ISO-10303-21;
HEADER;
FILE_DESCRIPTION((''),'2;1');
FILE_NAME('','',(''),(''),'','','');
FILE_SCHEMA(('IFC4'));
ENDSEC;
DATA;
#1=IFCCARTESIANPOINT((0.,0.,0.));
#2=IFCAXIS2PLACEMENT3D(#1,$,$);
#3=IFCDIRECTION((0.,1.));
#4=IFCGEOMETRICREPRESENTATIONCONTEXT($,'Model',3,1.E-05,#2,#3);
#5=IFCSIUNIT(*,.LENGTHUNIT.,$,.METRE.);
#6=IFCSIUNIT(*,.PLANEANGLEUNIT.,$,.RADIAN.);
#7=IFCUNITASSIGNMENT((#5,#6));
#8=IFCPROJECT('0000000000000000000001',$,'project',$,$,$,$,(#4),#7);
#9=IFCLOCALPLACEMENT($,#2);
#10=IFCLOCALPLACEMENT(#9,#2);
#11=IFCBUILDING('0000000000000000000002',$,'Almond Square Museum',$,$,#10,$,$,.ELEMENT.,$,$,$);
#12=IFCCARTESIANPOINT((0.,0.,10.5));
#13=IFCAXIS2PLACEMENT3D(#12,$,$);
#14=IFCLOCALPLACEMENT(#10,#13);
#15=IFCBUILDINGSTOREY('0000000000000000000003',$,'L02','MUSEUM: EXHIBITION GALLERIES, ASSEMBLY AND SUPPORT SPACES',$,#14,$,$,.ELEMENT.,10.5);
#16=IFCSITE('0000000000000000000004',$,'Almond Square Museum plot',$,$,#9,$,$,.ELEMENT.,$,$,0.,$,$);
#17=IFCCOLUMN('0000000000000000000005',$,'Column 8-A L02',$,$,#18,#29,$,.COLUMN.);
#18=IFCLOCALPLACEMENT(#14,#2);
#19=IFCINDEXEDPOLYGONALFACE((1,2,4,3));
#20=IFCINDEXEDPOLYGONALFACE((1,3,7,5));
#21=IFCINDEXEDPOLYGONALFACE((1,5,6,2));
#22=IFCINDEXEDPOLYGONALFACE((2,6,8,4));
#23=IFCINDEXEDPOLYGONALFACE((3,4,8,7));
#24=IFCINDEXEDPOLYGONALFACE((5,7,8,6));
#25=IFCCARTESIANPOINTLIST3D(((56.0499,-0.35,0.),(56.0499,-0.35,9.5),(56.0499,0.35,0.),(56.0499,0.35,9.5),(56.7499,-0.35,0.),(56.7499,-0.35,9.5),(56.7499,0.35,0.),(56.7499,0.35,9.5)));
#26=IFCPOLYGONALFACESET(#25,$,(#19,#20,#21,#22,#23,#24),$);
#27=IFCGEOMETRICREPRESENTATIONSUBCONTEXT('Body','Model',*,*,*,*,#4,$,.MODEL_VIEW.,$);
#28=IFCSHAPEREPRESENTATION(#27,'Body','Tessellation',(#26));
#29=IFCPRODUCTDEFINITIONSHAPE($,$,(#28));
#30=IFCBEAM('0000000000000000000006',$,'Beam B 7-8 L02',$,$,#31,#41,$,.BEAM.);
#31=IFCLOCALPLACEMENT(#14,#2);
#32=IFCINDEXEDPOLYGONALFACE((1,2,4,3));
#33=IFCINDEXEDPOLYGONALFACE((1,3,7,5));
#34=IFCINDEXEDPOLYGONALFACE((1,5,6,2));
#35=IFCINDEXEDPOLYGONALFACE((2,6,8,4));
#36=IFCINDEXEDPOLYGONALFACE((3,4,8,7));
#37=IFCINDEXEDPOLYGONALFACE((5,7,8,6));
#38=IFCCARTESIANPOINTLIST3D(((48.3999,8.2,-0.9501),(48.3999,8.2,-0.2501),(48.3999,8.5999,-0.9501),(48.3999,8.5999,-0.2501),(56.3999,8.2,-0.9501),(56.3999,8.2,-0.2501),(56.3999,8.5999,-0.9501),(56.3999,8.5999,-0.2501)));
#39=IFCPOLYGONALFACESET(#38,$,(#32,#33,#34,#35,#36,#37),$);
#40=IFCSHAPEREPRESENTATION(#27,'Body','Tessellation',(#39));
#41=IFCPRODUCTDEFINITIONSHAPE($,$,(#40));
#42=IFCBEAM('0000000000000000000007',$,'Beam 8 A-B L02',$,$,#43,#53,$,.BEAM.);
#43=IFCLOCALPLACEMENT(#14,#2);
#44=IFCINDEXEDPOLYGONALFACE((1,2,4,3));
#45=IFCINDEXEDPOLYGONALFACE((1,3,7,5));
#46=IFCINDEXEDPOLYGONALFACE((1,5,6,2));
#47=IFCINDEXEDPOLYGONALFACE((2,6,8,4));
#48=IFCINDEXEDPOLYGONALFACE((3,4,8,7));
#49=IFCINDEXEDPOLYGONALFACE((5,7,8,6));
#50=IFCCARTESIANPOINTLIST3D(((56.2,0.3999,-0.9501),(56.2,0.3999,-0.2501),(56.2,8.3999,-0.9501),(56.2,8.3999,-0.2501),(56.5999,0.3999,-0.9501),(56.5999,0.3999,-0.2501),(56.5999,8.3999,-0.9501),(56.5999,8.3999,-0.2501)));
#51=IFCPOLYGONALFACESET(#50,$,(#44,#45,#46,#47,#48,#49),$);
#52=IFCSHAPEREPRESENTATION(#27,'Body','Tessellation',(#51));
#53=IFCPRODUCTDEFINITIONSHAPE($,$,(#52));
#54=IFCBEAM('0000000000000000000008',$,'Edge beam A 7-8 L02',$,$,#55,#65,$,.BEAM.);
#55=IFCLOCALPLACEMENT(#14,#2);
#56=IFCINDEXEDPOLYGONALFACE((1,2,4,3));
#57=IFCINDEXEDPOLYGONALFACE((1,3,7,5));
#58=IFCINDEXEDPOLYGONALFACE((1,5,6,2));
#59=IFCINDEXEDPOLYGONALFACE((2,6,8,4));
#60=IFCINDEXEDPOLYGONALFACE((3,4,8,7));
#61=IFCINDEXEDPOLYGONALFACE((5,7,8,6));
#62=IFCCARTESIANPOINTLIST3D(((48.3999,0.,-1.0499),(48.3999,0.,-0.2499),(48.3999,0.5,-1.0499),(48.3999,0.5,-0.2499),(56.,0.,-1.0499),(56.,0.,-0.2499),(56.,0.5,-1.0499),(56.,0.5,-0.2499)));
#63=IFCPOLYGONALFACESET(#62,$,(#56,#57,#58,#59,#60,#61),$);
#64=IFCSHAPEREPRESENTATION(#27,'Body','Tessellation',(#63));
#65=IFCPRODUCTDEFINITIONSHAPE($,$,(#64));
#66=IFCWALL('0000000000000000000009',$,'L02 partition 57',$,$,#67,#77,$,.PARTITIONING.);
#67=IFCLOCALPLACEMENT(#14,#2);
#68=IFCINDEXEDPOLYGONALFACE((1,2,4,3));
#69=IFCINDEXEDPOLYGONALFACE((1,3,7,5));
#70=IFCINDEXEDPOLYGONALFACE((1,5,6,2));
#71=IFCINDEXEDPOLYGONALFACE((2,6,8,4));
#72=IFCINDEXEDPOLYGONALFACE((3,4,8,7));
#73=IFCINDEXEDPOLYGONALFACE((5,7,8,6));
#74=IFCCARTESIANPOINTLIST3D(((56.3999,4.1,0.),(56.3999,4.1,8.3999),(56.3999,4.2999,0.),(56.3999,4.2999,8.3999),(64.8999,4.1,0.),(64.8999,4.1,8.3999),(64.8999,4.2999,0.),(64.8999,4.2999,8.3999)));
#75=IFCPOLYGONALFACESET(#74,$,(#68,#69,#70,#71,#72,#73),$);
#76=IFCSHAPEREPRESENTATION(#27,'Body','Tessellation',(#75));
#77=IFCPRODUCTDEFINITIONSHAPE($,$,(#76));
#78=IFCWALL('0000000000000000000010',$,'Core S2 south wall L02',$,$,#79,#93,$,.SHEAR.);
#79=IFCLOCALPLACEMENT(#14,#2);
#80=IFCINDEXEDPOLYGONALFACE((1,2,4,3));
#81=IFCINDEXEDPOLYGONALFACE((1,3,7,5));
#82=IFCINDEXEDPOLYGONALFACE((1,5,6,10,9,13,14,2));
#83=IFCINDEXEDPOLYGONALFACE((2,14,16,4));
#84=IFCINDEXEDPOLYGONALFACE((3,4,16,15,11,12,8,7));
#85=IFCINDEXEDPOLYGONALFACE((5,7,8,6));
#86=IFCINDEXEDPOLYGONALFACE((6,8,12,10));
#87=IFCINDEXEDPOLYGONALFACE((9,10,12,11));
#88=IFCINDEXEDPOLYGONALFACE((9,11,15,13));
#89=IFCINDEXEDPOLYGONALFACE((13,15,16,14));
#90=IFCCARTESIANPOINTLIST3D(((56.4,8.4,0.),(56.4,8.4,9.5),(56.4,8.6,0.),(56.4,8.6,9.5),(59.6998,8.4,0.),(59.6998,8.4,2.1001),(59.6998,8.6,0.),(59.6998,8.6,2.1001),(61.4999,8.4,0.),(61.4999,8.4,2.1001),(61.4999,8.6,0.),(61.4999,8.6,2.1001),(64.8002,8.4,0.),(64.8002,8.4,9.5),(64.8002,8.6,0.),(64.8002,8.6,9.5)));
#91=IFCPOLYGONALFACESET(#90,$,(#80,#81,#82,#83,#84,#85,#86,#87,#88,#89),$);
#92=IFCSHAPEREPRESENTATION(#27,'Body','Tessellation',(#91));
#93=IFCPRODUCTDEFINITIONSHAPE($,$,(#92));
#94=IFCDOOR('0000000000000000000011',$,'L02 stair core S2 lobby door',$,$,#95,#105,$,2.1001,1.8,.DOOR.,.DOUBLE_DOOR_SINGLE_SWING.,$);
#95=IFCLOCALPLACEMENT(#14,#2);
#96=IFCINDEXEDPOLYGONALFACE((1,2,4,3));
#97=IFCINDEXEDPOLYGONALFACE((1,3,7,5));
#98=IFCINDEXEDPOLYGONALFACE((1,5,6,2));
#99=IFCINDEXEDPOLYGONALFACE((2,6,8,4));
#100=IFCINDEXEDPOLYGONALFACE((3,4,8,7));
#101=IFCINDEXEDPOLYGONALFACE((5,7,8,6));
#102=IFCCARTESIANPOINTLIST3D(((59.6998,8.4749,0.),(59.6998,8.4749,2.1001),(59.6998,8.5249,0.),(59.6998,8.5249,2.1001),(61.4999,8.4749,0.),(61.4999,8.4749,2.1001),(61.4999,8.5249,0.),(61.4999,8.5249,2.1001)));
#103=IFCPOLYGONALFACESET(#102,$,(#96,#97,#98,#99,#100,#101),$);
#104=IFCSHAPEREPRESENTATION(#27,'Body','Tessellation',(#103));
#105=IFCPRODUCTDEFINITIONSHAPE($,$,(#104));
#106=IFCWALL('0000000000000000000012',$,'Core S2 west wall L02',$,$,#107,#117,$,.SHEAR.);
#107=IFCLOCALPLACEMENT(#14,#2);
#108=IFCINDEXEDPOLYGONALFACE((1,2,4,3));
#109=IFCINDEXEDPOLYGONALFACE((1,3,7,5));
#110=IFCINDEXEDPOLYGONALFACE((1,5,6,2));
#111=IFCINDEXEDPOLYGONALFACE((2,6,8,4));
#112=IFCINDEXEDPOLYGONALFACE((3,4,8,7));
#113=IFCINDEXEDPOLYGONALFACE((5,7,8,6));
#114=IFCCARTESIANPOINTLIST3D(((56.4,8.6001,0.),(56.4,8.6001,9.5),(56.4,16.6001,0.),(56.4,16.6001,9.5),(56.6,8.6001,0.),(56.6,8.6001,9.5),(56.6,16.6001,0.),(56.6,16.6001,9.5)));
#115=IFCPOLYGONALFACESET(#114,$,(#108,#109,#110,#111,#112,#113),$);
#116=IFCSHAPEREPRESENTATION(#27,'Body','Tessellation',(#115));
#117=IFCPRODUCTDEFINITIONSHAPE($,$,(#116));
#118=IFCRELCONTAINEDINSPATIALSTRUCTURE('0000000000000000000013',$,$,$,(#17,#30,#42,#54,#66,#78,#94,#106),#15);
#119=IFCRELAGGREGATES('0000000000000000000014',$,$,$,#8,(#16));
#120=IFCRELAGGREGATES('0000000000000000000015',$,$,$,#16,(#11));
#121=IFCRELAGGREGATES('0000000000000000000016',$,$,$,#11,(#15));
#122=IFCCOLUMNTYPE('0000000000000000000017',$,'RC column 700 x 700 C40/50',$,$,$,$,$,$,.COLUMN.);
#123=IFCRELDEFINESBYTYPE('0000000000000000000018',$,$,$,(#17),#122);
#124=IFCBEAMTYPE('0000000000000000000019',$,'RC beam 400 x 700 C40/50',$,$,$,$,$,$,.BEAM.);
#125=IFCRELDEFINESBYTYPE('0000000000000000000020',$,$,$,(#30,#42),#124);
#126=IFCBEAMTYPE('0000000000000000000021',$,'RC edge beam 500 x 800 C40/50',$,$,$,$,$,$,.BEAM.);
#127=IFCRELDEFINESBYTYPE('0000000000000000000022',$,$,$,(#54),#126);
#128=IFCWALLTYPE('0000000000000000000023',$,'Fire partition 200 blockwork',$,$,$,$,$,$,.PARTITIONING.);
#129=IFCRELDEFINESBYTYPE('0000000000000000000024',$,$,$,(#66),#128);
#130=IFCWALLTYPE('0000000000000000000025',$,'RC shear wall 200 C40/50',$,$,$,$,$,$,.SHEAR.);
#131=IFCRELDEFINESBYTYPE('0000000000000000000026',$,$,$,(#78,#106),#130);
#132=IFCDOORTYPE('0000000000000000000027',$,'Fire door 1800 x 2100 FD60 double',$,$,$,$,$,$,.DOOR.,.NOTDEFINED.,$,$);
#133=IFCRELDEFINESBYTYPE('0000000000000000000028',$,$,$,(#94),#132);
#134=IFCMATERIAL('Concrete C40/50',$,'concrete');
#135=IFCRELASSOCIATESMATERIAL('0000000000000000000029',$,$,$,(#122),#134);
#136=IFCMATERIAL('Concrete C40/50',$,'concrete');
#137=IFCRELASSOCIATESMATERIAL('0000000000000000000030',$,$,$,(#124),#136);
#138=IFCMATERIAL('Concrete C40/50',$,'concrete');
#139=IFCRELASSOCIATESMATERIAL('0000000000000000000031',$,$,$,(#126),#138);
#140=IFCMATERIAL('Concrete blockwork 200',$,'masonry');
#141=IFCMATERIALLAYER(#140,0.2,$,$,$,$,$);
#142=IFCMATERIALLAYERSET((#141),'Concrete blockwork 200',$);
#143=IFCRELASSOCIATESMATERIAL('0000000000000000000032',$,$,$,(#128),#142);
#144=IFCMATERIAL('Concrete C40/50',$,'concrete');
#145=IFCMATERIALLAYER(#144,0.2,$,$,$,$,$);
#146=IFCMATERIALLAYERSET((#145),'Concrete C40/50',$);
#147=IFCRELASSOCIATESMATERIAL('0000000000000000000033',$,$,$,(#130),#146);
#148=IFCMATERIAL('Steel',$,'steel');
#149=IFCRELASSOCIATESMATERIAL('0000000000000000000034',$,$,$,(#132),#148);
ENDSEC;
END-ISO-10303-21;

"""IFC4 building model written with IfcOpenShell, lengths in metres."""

from ifc_helpers import new_model, si_unit, direction, frame, frame_2d, origin, origin_2d, place, context, subcontext, project, spatial, rectangle, extrude, material, layer, layer_set, material_profile, profile_set, type_object, element, fill, save


model = new_model("IFC4")

# Units and contexts
model_context = context("Model", 3, precision=1e-05, world=origin(), true_north=direction((0.0, 1.0)))
body_context = subcontext(model_context, "Body", "Model", "MODEL_VIEW")
ifc_project = project(units=[si_unit("LENGTHUNIT", "METRE"), si_unit("PLANEANGLEUNIT", "RADIAN")], contexts=[model_context])

# Site, building, storey
site_placement = place(None, origin())
site = spatial("IfcSite", under=ifc_project, at=site_placement, Name="Almond Square Museum plot", CompositionType="ELEMENT", RefElevation=0.0)
building_placement = place(site_placement, origin())
building = spatial("IfcBuilding", under=site, at=building_placement, Name="Almond Square Museum", CompositionType="ELEMENT")
storey_placement = place(building_placement, frame((0.0, 0.0, 10.5)))
storey = spatial("IfcBuildingStorey", under=building, at=storey_placement, Name="L02", Description="MUSEUM: EXHIBITION GALLERIES, ASSEMBLY AND SUPPORT SPACES", CompositionType="ELEMENT", Elevation=10.5)

# Column
ifc_material_1 = material(Name="Concrete C40/50", Category="concrete")
ifc_material_profile_1 = material_profile(ifc_material_1, rectangle(XDim=0.7, YDim=0.7, at=origin_2d()))
ifc_profile_set_1 = profile_set([ifc_material_profile_1], Name="Concrete C40/50")
column_type = type_object("IfcColumnType", Name="RC column 700 x 700 C40/50", PredefinedType="COLUMN", material=ifc_profile_set_1)
column_placement = place(storey_placement, frame((56.3999, 0.0, 0.0), z_axis=(0.0, 0.0, 1.0), x_axis=(1.0, 0.0, 0.0)))
element("IfcColumn", 1, at=column_placement, inside=storey, type_object=column_type, Name="Column 8-A L02", PredefinedType="COLUMN", context=body_context, shape_type="SweptSolid", body=[
    extrude(rectangle(XDim=0.7, YDim=0.7, at=origin_2d()), origin(), (0.0, 0.0, 1.0), 9.5),
])

# Beams
ifc_material_2 = material(Name="Concrete C40/50", Category="concrete")
ifc_material_profile_2 = material_profile(ifc_material_2, rectangle(XDim=0.3999, YDim=0.7, at=origin_2d()))
ifc_profile_set_2 = profile_set([ifc_material_profile_2], Name="Concrete C40/50")
beam_type_1 = type_object("IfcBeamType", Name="RC beam 400 x 700 C40/50", PredefinedType="BEAM", material=ifc_profile_set_2)
for number, where, z_axis, x_axis, name in (
    (2, (48.3999, 8.3999, -0.6001), (1.0, 0.0, 0.0), (0.0, 1.0, 0.0), "Beam B 7-8 L02"),
    (3, (56.3999, 0.3999, -0.6001), (0.0, 1.0, 0.0), (-1.0, 0.0, 0.0), "Beam 8 A-B L02"),
):
    element("IfcBeam", number, at=place(storey_placement, frame(where, z_axis=z_axis, x_axis=x_axis)), inside=storey, type_object=beam_type_1, Name=name, PredefinedType="BEAM", context=body_context, shape_type="SweptSolid", body=[
        extrude(rectangle(XDim=0.3999, YDim=0.7, at=origin_2d()), origin(), (0.0, 0.0, 1.0), 8.0),
    ])
ifc_material_3 = material(Name="Concrete C40/50", Category="concrete")
ifc_material_profile_3 = material_profile(ifc_material_3, rectangle(XDim=0.5, YDim=0.8, at=origin_2d()))
ifc_profile_set_3 = profile_set([ifc_material_profile_3], Name="Concrete C40/50")
beam_type_2 = type_object("IfcBeamType", Name="RC edge beam 500 x 800 C40/50", PredefinedType="BEAM", material=ifc_profile_set_3)
beam_placement = place(storey_placement, frame((48.3999, 0.25, -0.6499), z_axis=(1.0, 0.0, 0.0), x_axis=(0.0, 1.0, 0.0)))
element("IfcBeam", 4, at=beam_placement, inside=storey, type_object=beam_type_2, Name="Edge beam A 7-8 L02", PredefinedType="BEAM", context=body_context, shape_type="SweptSolid", body=[
    extrude(rectangle(XDim=0.5, YDim=0.8, at=origin_2d()), origin(), (0.0, 0.0, 1.0), 7.6001),
])

# Wall
ifc_material_4 = material(Name="Concrete blockwork 200", Category="masonry")
ifc_layer_1 = layer(ifc_material_4, 0.2)
ifc_layer_set_1 = layer_set([ifc_layer_1], Name="Concrete blockwork 200")
wall_type_1 = type_object("IfcWallType", Name="Fire partition 200 blockwork", PredefinedType="PARTITIONING", material=ifc_layer_set_1)
wall_1_placement = place(storey_placement, frame((56.3999, 4.2, 0.0), z_axis=(0.0, 0.0, 1.0), x_axis=(1.0, 0.0, 0.0)))
element("IfcWall", 5, at=wall_1_placement, inside=storey, type_object=wall_type_1, Name="L02 partition 57", PredefinedType="PARTITIONING", context=body_context, shape_type="SweptSolid", body=[
    extrude(rectangle(XDim=8.5, YDim=0.2, at=frame_2d((4.25, 0.0))), origin(), (0.0, 0.0, 1.0), 8.3999),
])

# Wall, opening, door
ifc_material_5 = material(Name="Concrete C40/50", Category="concrete")
ifc_layer_2 = layer(ifc_material_5, 0.2)
ifc_layer_set_2 = layer_set([ifc_layer_2], Name="Concrete C40/50")
wall_type_2 = type_object("IfcWallType", Name="RC shear wall 200 C40/50", PredefinedType="SHEAR", material=ifc_layer_set_2)
wall_2_placement = place(storey_placement, frame((56.3999, 8.5, 0.0), z_axis=(0.0, 0.0, 1.0), x_axis=(1.0, 0.0, 0.0)))
wall_2 = element("IfcWall", 6, at=wall_2_placement, inside=storey, type_object=wall_type_2, Name="Core S2 south wall L02", PredefinedType="SHEAR", context=body_context, shape_type="SweptSolid", body=[
    extrude(rectangle(XDim=8.4001, YDim=0.2, at=frame_2d((4.2002, 0.0))), origin(), (0.0, 0.0, 1.0), 9.5),
])
opening_1_placement = place(wall_2_placement, frame((3.3, 0.0, 0.0)))
opening_1 = element("IfcOpeningElement", 7, at=opening_1_placement, cuts=wall_2, PredefinedType="OPENING", context=body_context, shape_type="SweptSolid", body=[
    extrude(rectangle(XDim=1.8, YDim=2.1001, at=frame_2d((0.8999, 1.05))), frame((0.0, 0.1099, 0.0), z_axis=(0.0, -1.0, 0.0), x_axis=(1.0, 0.0, 0.0)), (0.0, 0.0, 1.0), 0.22),
])
ifc_material_6 = material(Name="Steel", Category="steel")
door_type_1 = type_object("IfcDoorType", Name="Fire door 1800 x 2100 FD60 double", OperationType="NOTDEFINED", PredefinedType="DOOR", material=ifc_material_6)
door_1_placement = place(opening_1_placement, origin())
door_1 = element("IfcDoor", 8, at=door_1_placement, inside=storey, type_object=door_type_1, Name="L02 stair core S2 lobby door", OperationType="DOUBLE_DOOR_SINGLE_SWING", OverallHeight=2.1001, OverallWidth=1.8, PredefinedType="DOOR", context=body_context, shape_type="SweptSolid", body=[
    extrude(rectangle(XDim=1.8, YDim=2.1001, at=frame_2d((0.8999, 1.05))), frame((0.0, 0.0249, 0.0), z_axis=(0.0, -1.0, 0.0), x_axis=(1.0, 0.0, 0.0)), (0.0, 0.0, 1.0), 0.05),
])
fill(opening_1, door_1)

# Wall
wall_3_placement = place(storey_placement, frame((56.5, 8.6001, 0.0), z_axis=(0.0, 0.0, 1.0), x_axis=(0.0, 1.0, 0.0)))
element("IfcWall", 9, at=wall_3_placement, inside=storey, type_object=wall_type_2, Name="Core S2 west wall L02", PredefinedType="SHEAR", context=body_context, shape_type="SweptSolid", body=[
    extrude(rectangle(XDim=8.0, YDim=0.2, at=frame_2d((4.0, 0.0))), origin(), (0.0, 0.0, 1.0), 9.5),
])

save(model, "model.ifc")
